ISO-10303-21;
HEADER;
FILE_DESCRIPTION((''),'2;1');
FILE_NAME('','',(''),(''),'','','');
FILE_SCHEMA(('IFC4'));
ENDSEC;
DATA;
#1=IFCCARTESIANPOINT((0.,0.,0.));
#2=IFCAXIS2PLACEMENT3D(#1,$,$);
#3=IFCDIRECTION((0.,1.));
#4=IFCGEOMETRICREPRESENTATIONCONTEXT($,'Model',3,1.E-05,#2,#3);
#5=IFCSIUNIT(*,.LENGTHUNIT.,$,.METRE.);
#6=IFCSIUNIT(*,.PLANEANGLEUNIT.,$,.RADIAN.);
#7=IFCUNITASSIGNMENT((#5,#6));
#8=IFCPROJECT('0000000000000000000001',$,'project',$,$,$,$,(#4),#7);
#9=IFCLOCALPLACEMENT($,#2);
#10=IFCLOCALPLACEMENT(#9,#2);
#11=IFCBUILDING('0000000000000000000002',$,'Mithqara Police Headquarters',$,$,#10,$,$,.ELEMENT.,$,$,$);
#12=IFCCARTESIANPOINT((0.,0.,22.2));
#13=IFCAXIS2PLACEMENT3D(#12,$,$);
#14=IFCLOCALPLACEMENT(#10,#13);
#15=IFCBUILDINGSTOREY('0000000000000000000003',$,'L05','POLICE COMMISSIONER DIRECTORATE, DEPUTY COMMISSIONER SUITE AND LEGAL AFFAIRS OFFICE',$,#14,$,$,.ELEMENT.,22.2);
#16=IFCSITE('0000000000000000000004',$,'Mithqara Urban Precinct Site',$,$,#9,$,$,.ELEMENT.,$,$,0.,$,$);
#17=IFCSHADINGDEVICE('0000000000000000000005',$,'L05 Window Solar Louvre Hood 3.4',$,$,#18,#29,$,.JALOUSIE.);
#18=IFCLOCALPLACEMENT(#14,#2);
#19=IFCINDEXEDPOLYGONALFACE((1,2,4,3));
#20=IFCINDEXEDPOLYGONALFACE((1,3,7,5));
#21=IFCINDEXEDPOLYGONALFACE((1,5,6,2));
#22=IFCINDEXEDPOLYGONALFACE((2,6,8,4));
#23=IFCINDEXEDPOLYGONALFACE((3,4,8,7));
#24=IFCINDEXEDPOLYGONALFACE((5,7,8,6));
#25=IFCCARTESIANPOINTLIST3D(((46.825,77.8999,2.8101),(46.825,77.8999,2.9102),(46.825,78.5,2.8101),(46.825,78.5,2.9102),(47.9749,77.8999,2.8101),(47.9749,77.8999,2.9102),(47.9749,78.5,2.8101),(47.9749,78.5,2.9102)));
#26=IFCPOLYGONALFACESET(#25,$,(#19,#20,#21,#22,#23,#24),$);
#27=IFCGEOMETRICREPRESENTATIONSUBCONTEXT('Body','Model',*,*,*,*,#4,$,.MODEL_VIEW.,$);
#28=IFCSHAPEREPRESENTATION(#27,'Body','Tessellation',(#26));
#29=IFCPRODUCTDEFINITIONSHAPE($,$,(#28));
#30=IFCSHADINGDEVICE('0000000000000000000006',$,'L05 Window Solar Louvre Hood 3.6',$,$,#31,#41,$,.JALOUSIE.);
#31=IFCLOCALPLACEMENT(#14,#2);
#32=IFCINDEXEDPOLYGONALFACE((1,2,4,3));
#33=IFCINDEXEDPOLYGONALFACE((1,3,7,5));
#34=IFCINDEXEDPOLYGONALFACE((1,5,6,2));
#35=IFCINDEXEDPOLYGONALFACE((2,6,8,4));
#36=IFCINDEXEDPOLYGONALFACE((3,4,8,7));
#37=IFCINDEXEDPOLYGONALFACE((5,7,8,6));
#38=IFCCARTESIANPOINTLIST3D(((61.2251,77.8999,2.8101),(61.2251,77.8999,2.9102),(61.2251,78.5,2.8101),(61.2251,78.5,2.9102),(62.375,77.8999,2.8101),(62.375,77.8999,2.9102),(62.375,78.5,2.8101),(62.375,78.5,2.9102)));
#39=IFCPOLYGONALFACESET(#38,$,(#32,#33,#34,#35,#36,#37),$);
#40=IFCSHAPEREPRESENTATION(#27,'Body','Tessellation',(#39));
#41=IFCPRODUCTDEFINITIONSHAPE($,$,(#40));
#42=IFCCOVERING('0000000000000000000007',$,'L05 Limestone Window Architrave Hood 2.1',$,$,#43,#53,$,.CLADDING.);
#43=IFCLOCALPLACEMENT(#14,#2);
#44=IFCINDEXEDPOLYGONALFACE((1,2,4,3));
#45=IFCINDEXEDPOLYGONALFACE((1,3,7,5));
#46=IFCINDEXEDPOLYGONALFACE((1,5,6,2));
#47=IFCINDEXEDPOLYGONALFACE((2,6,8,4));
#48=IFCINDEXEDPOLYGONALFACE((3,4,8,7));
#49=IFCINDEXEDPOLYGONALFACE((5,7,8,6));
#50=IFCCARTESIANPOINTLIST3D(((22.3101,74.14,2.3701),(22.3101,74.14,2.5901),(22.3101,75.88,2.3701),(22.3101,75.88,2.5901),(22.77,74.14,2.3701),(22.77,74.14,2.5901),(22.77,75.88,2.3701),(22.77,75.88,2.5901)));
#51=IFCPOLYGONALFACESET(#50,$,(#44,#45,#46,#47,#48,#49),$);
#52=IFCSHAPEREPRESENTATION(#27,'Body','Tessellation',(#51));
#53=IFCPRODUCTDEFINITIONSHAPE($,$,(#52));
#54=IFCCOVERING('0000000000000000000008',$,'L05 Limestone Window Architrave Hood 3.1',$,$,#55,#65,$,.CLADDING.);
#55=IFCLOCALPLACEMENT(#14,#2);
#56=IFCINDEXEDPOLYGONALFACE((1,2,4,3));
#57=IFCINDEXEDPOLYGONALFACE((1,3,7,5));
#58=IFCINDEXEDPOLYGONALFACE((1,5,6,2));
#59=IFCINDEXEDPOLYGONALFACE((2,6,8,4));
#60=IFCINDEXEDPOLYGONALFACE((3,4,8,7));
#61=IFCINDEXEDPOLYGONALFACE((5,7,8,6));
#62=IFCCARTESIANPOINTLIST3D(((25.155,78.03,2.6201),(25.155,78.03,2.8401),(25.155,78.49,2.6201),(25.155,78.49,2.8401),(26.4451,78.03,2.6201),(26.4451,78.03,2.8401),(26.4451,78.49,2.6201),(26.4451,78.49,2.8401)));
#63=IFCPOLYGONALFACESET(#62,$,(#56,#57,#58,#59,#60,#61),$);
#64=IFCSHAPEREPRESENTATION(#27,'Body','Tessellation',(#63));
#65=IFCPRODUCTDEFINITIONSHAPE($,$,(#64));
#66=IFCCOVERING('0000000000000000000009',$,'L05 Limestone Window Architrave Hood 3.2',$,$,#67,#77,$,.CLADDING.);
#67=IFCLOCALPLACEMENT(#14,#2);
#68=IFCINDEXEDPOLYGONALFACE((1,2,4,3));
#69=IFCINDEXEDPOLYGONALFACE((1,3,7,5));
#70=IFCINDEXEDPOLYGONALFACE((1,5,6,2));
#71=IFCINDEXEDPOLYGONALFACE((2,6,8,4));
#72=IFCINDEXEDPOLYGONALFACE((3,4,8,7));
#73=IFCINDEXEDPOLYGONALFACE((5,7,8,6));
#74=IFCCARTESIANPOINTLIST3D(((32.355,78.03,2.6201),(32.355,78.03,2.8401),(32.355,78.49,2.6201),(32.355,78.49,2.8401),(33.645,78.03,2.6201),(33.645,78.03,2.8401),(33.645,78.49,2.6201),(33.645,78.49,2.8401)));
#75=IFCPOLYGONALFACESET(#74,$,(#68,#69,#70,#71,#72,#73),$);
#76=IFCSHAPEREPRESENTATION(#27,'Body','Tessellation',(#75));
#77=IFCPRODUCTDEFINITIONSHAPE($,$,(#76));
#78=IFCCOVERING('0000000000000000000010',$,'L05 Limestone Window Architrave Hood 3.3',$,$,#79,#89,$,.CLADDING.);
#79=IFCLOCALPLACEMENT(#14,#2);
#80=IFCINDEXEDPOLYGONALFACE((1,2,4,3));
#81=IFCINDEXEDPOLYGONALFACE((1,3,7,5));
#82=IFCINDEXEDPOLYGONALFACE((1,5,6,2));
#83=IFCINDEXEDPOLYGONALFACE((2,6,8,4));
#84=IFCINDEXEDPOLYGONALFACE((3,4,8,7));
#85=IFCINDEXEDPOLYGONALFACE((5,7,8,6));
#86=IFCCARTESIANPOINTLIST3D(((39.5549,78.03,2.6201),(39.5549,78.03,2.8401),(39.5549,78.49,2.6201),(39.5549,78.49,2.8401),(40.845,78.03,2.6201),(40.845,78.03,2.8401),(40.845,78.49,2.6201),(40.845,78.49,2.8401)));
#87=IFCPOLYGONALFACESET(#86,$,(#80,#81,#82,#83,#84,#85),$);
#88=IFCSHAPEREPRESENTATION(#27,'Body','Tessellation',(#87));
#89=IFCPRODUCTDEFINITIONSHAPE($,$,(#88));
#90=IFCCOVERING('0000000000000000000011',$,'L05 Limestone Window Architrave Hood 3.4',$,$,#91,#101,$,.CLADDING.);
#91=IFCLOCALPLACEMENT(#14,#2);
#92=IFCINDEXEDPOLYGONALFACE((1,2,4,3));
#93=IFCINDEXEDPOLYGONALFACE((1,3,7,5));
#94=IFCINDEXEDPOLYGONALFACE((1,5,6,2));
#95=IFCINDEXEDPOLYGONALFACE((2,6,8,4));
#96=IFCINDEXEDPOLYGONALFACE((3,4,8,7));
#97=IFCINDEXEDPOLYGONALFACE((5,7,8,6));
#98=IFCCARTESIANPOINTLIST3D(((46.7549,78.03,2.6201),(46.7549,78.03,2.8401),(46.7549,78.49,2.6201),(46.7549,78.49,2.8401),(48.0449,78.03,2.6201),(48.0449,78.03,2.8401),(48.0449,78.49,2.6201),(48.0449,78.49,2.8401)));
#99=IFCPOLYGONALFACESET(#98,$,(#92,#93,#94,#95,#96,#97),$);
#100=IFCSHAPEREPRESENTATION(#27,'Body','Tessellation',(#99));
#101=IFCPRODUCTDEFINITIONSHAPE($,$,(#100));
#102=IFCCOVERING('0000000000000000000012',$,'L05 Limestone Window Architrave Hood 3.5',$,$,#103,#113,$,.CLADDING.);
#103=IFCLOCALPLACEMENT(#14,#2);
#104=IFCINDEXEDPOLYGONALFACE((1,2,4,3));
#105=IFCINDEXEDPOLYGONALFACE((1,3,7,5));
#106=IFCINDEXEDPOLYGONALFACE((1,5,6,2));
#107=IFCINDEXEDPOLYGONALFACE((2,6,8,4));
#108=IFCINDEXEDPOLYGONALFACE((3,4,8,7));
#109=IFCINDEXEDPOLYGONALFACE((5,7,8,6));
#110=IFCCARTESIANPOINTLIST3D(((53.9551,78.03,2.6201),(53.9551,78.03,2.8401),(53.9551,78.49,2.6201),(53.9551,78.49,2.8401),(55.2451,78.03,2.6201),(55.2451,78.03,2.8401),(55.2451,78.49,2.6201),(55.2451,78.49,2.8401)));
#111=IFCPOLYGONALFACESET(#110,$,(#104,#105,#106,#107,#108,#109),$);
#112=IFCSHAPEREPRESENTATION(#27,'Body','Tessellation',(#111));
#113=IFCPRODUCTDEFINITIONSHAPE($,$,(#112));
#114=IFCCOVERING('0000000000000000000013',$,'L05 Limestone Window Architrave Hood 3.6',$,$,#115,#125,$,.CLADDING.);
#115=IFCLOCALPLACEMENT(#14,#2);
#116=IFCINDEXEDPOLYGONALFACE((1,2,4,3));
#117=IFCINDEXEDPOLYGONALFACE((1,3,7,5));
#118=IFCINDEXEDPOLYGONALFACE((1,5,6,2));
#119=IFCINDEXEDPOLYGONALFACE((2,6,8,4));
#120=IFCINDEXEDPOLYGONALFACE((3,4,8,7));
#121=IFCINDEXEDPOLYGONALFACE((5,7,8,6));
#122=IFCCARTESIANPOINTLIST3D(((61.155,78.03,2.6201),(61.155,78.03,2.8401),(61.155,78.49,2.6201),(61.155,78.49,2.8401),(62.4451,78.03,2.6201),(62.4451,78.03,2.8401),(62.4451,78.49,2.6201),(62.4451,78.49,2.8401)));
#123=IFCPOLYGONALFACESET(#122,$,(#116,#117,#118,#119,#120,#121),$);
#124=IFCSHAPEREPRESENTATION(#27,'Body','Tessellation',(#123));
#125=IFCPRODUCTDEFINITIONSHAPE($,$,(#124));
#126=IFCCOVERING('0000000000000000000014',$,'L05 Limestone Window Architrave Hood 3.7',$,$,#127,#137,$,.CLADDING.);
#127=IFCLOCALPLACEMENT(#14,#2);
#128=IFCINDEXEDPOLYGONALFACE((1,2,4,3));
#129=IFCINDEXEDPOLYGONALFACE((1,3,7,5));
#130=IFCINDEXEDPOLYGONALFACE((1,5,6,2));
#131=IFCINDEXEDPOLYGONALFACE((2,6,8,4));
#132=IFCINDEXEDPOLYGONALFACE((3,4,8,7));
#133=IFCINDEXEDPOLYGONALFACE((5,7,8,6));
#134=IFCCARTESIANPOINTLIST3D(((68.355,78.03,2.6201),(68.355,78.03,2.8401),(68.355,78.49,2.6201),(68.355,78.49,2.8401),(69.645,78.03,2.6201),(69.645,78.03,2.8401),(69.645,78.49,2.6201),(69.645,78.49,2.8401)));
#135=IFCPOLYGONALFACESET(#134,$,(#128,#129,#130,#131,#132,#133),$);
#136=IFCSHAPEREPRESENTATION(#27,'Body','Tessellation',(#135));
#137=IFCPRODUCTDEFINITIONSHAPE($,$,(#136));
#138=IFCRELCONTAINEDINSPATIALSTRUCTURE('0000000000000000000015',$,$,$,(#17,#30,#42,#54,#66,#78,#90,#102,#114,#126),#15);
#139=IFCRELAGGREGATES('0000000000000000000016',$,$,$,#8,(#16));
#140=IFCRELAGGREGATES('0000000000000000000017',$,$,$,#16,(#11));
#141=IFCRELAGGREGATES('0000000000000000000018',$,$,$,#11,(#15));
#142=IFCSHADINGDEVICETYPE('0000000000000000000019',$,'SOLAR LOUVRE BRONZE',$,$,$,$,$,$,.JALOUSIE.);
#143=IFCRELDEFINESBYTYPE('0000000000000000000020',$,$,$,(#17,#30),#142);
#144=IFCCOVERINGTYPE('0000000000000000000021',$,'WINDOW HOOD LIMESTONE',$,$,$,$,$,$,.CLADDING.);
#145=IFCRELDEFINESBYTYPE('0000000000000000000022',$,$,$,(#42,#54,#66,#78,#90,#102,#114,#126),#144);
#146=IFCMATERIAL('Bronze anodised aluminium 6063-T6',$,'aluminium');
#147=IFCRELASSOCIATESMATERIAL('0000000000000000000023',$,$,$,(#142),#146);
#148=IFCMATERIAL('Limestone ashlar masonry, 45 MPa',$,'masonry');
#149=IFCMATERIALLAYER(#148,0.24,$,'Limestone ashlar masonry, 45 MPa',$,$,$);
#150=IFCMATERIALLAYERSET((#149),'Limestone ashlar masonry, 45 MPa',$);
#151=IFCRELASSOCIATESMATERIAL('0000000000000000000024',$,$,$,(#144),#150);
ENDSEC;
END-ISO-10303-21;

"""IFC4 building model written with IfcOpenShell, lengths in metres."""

from ifc_helpers import new_model, si_unit, direction, frame, origin, origin_2d, place, context, subcontext, project, spatial, rectangle, extrude, material, layer, layer_set, type_object, element, save


model = new_model("IFC4")

# Units and contexts
model_context = context("Model", 3, precision=1e-05, world=origin(), true_north=direction((0.0, 1.0)))
body_context = subcontext(model_context, "Body", "Model", "MODEL_VIEW")
ifc_project = project(units=[si_unit("LENGTHUNIT", "METRE"), si_unit("PLANEANGLEUNIT", "RADIAN")], contexts=[model_context])

# Site, building, storey
site_placement = place(None, origin())
site = spatial("IfcSite", under=ifc_project, at=site_placement, Name="Mithqara Urban Precinct Site", CompositionType="ELEMENT", RefElevation=0.0)
building_placement = place(site_placement, origin())
building = spatial("IfcBuilding", under=site, at=building_placement, Name="Mithqara Police Headquarters", CompositionType="ELEMENT")
storey_placement = place(building_placement, frame((0.0, 0.0, 22.2)))
storey = spatial("IfcBuildingStorey", under=building, at=storey_placement, Name="L05", Description="POLICE COMMISSIONER DIRECTORATE, DEPUTY COMMISSIONER SUITE AND LEGAL AFFAIRS OFFICE", CompositionType="ELEMENT", Elevation=22.2)

# Shared definitions
ifc_material_1 = material(Name="Limestone ashlar masonry, 45 MPa", Category="masonry")

# Shading devices
ifc_material_2 = material(Name="Bronze anodised aluminium 6063-T6", Category="aluminium")
shading_device_type = type_object("IfcShadingDeviceType", Name="SOLAR LOUVRE BRONZE", PredefinedType="JALOUSIE", material=ifc_material_2)
for number, where, z_axis, x_axis, name in (
    (1, (47.3999, 78.2, 2.8101), (0.0, 0.0, 1.0), (1.0, 0.0, 0.0), "L05 Window Solar Louvre Hood 3.4"),
    (2, (61.8, 78.2, 2.8101), (0.0, 0.0, 1.0), (1.0, 0.0, 0.0), "L05 Window Solar Louvre Hood 3.6"),
):
    element("IfcShadingDevice", number, at=place(storey_placement, frame(where, z_axis=z_axis, x_axis=x_axis)), inside=storey, type_object=shading_device_type, Name=name, PredefinedType="JALOUSIE", context=body_context, shape_type="SweptSolid", body=[
        extrude(rectangle(XDim=1.1499, YDim=0.6001, at=origin_2d()), origin(), (0.0, 0.0, 1.0), 0.1001),
    ])

# Coverings
ifc_layer_1 = layer(ifc_material_1, 0.24, Name="Limestone ashlar masonry, 45 MPa")
ifc_layer_set_1 = layer_set([ifc_layer_1], Name="Limestone ashlar masonry, 45 MPa")
covering_type_1 = type_object("IfcCoveringType", Name="WINDOW HOOD LIMESTONE", PredefinedType="CLADDING", material=ifc_layer_set_1)
covering_1_placement = place(storey_placement, frame((22.54, 75.01, 2.3701), z_axis=(0.0, 0.0, 1.0), x_axis=(0.0, 1.0, 0.0)))
element("IfcCovering", 3, at=covering_1_placement, inside=storey, type_object=covering_type_1, Name="L05 Limestone Window Architrave Hood 2.1", PredefinedType="CLADDING", context=body_context, shape_type="SweptSolid", body=[
    extrude(rectangle(XDim=1.74, YDim=0.46, at=origin_2d()), origin(), (0.0, 0.0, 1.0), 0.22),
])
for number, where, z_axis, x_axis, name in (
    (4, (25.8, 78.26, 2.6201), (0.0, 0.0, 1.0), (1.0, 0.0, 0.0), "L05 Limestone Window Architrave Hood 3.1"),
    (5, (33.0, 78.26, 2.6201), (0.0, 0.0, 1.0), (1.0, 0.0, 0.0), "L05 Limestone Window Architrave Hood 3.2"),
    (6, (40.2, 78.26, 2.6201), (0.0, 0.0, 1.0), (1.0, 0.0, 0.0), "L05 Limestone Window Architrave Hood 3.3"),
    (7, (47.3999, 78.26, 2.6201), (0.0, 0.0, 1.0), (1.0, 0.0, 0.0), "L05 Limestone Window Architrave Hood 3.4"),
    (8, (54.6001, 78.26, 2.6201), (0.0, 0.0, 1.0), (1.0, 0.0, 0.0), "L05 Limestone Window Architrave Hood 3.5"),
    (9, (61.8, 78.26, 2.6201), (0.0, 0.0, 1.0), (1.0, 0.0, 0.0), "L05 Limestone Window Architrave Hood 3.6"),
    (10, (69.0, 78.26, 2.6201), (0.0, 0.0, 1.0), (1.0, 0.0, 0.0), "L05 Limestone Window Architrave Hood 3.7"),
):
    element("IfcCovering", number, at=place(storey_placement, frame(where, z_axis=z_axis, x_axis=x_axis)), inside=storey, type_object=covering_type_1, Name=name, PredefinedType="CLADDING", context=body_context, shape_type="SweptSolid", body=[
        extrude(rectangle(XDim=1.29, YDim=0.46, at=origin_2d()), origin(), (0.0, 0.0, 1.0), 0.22),
    ])

save(model, "model.ifc")
